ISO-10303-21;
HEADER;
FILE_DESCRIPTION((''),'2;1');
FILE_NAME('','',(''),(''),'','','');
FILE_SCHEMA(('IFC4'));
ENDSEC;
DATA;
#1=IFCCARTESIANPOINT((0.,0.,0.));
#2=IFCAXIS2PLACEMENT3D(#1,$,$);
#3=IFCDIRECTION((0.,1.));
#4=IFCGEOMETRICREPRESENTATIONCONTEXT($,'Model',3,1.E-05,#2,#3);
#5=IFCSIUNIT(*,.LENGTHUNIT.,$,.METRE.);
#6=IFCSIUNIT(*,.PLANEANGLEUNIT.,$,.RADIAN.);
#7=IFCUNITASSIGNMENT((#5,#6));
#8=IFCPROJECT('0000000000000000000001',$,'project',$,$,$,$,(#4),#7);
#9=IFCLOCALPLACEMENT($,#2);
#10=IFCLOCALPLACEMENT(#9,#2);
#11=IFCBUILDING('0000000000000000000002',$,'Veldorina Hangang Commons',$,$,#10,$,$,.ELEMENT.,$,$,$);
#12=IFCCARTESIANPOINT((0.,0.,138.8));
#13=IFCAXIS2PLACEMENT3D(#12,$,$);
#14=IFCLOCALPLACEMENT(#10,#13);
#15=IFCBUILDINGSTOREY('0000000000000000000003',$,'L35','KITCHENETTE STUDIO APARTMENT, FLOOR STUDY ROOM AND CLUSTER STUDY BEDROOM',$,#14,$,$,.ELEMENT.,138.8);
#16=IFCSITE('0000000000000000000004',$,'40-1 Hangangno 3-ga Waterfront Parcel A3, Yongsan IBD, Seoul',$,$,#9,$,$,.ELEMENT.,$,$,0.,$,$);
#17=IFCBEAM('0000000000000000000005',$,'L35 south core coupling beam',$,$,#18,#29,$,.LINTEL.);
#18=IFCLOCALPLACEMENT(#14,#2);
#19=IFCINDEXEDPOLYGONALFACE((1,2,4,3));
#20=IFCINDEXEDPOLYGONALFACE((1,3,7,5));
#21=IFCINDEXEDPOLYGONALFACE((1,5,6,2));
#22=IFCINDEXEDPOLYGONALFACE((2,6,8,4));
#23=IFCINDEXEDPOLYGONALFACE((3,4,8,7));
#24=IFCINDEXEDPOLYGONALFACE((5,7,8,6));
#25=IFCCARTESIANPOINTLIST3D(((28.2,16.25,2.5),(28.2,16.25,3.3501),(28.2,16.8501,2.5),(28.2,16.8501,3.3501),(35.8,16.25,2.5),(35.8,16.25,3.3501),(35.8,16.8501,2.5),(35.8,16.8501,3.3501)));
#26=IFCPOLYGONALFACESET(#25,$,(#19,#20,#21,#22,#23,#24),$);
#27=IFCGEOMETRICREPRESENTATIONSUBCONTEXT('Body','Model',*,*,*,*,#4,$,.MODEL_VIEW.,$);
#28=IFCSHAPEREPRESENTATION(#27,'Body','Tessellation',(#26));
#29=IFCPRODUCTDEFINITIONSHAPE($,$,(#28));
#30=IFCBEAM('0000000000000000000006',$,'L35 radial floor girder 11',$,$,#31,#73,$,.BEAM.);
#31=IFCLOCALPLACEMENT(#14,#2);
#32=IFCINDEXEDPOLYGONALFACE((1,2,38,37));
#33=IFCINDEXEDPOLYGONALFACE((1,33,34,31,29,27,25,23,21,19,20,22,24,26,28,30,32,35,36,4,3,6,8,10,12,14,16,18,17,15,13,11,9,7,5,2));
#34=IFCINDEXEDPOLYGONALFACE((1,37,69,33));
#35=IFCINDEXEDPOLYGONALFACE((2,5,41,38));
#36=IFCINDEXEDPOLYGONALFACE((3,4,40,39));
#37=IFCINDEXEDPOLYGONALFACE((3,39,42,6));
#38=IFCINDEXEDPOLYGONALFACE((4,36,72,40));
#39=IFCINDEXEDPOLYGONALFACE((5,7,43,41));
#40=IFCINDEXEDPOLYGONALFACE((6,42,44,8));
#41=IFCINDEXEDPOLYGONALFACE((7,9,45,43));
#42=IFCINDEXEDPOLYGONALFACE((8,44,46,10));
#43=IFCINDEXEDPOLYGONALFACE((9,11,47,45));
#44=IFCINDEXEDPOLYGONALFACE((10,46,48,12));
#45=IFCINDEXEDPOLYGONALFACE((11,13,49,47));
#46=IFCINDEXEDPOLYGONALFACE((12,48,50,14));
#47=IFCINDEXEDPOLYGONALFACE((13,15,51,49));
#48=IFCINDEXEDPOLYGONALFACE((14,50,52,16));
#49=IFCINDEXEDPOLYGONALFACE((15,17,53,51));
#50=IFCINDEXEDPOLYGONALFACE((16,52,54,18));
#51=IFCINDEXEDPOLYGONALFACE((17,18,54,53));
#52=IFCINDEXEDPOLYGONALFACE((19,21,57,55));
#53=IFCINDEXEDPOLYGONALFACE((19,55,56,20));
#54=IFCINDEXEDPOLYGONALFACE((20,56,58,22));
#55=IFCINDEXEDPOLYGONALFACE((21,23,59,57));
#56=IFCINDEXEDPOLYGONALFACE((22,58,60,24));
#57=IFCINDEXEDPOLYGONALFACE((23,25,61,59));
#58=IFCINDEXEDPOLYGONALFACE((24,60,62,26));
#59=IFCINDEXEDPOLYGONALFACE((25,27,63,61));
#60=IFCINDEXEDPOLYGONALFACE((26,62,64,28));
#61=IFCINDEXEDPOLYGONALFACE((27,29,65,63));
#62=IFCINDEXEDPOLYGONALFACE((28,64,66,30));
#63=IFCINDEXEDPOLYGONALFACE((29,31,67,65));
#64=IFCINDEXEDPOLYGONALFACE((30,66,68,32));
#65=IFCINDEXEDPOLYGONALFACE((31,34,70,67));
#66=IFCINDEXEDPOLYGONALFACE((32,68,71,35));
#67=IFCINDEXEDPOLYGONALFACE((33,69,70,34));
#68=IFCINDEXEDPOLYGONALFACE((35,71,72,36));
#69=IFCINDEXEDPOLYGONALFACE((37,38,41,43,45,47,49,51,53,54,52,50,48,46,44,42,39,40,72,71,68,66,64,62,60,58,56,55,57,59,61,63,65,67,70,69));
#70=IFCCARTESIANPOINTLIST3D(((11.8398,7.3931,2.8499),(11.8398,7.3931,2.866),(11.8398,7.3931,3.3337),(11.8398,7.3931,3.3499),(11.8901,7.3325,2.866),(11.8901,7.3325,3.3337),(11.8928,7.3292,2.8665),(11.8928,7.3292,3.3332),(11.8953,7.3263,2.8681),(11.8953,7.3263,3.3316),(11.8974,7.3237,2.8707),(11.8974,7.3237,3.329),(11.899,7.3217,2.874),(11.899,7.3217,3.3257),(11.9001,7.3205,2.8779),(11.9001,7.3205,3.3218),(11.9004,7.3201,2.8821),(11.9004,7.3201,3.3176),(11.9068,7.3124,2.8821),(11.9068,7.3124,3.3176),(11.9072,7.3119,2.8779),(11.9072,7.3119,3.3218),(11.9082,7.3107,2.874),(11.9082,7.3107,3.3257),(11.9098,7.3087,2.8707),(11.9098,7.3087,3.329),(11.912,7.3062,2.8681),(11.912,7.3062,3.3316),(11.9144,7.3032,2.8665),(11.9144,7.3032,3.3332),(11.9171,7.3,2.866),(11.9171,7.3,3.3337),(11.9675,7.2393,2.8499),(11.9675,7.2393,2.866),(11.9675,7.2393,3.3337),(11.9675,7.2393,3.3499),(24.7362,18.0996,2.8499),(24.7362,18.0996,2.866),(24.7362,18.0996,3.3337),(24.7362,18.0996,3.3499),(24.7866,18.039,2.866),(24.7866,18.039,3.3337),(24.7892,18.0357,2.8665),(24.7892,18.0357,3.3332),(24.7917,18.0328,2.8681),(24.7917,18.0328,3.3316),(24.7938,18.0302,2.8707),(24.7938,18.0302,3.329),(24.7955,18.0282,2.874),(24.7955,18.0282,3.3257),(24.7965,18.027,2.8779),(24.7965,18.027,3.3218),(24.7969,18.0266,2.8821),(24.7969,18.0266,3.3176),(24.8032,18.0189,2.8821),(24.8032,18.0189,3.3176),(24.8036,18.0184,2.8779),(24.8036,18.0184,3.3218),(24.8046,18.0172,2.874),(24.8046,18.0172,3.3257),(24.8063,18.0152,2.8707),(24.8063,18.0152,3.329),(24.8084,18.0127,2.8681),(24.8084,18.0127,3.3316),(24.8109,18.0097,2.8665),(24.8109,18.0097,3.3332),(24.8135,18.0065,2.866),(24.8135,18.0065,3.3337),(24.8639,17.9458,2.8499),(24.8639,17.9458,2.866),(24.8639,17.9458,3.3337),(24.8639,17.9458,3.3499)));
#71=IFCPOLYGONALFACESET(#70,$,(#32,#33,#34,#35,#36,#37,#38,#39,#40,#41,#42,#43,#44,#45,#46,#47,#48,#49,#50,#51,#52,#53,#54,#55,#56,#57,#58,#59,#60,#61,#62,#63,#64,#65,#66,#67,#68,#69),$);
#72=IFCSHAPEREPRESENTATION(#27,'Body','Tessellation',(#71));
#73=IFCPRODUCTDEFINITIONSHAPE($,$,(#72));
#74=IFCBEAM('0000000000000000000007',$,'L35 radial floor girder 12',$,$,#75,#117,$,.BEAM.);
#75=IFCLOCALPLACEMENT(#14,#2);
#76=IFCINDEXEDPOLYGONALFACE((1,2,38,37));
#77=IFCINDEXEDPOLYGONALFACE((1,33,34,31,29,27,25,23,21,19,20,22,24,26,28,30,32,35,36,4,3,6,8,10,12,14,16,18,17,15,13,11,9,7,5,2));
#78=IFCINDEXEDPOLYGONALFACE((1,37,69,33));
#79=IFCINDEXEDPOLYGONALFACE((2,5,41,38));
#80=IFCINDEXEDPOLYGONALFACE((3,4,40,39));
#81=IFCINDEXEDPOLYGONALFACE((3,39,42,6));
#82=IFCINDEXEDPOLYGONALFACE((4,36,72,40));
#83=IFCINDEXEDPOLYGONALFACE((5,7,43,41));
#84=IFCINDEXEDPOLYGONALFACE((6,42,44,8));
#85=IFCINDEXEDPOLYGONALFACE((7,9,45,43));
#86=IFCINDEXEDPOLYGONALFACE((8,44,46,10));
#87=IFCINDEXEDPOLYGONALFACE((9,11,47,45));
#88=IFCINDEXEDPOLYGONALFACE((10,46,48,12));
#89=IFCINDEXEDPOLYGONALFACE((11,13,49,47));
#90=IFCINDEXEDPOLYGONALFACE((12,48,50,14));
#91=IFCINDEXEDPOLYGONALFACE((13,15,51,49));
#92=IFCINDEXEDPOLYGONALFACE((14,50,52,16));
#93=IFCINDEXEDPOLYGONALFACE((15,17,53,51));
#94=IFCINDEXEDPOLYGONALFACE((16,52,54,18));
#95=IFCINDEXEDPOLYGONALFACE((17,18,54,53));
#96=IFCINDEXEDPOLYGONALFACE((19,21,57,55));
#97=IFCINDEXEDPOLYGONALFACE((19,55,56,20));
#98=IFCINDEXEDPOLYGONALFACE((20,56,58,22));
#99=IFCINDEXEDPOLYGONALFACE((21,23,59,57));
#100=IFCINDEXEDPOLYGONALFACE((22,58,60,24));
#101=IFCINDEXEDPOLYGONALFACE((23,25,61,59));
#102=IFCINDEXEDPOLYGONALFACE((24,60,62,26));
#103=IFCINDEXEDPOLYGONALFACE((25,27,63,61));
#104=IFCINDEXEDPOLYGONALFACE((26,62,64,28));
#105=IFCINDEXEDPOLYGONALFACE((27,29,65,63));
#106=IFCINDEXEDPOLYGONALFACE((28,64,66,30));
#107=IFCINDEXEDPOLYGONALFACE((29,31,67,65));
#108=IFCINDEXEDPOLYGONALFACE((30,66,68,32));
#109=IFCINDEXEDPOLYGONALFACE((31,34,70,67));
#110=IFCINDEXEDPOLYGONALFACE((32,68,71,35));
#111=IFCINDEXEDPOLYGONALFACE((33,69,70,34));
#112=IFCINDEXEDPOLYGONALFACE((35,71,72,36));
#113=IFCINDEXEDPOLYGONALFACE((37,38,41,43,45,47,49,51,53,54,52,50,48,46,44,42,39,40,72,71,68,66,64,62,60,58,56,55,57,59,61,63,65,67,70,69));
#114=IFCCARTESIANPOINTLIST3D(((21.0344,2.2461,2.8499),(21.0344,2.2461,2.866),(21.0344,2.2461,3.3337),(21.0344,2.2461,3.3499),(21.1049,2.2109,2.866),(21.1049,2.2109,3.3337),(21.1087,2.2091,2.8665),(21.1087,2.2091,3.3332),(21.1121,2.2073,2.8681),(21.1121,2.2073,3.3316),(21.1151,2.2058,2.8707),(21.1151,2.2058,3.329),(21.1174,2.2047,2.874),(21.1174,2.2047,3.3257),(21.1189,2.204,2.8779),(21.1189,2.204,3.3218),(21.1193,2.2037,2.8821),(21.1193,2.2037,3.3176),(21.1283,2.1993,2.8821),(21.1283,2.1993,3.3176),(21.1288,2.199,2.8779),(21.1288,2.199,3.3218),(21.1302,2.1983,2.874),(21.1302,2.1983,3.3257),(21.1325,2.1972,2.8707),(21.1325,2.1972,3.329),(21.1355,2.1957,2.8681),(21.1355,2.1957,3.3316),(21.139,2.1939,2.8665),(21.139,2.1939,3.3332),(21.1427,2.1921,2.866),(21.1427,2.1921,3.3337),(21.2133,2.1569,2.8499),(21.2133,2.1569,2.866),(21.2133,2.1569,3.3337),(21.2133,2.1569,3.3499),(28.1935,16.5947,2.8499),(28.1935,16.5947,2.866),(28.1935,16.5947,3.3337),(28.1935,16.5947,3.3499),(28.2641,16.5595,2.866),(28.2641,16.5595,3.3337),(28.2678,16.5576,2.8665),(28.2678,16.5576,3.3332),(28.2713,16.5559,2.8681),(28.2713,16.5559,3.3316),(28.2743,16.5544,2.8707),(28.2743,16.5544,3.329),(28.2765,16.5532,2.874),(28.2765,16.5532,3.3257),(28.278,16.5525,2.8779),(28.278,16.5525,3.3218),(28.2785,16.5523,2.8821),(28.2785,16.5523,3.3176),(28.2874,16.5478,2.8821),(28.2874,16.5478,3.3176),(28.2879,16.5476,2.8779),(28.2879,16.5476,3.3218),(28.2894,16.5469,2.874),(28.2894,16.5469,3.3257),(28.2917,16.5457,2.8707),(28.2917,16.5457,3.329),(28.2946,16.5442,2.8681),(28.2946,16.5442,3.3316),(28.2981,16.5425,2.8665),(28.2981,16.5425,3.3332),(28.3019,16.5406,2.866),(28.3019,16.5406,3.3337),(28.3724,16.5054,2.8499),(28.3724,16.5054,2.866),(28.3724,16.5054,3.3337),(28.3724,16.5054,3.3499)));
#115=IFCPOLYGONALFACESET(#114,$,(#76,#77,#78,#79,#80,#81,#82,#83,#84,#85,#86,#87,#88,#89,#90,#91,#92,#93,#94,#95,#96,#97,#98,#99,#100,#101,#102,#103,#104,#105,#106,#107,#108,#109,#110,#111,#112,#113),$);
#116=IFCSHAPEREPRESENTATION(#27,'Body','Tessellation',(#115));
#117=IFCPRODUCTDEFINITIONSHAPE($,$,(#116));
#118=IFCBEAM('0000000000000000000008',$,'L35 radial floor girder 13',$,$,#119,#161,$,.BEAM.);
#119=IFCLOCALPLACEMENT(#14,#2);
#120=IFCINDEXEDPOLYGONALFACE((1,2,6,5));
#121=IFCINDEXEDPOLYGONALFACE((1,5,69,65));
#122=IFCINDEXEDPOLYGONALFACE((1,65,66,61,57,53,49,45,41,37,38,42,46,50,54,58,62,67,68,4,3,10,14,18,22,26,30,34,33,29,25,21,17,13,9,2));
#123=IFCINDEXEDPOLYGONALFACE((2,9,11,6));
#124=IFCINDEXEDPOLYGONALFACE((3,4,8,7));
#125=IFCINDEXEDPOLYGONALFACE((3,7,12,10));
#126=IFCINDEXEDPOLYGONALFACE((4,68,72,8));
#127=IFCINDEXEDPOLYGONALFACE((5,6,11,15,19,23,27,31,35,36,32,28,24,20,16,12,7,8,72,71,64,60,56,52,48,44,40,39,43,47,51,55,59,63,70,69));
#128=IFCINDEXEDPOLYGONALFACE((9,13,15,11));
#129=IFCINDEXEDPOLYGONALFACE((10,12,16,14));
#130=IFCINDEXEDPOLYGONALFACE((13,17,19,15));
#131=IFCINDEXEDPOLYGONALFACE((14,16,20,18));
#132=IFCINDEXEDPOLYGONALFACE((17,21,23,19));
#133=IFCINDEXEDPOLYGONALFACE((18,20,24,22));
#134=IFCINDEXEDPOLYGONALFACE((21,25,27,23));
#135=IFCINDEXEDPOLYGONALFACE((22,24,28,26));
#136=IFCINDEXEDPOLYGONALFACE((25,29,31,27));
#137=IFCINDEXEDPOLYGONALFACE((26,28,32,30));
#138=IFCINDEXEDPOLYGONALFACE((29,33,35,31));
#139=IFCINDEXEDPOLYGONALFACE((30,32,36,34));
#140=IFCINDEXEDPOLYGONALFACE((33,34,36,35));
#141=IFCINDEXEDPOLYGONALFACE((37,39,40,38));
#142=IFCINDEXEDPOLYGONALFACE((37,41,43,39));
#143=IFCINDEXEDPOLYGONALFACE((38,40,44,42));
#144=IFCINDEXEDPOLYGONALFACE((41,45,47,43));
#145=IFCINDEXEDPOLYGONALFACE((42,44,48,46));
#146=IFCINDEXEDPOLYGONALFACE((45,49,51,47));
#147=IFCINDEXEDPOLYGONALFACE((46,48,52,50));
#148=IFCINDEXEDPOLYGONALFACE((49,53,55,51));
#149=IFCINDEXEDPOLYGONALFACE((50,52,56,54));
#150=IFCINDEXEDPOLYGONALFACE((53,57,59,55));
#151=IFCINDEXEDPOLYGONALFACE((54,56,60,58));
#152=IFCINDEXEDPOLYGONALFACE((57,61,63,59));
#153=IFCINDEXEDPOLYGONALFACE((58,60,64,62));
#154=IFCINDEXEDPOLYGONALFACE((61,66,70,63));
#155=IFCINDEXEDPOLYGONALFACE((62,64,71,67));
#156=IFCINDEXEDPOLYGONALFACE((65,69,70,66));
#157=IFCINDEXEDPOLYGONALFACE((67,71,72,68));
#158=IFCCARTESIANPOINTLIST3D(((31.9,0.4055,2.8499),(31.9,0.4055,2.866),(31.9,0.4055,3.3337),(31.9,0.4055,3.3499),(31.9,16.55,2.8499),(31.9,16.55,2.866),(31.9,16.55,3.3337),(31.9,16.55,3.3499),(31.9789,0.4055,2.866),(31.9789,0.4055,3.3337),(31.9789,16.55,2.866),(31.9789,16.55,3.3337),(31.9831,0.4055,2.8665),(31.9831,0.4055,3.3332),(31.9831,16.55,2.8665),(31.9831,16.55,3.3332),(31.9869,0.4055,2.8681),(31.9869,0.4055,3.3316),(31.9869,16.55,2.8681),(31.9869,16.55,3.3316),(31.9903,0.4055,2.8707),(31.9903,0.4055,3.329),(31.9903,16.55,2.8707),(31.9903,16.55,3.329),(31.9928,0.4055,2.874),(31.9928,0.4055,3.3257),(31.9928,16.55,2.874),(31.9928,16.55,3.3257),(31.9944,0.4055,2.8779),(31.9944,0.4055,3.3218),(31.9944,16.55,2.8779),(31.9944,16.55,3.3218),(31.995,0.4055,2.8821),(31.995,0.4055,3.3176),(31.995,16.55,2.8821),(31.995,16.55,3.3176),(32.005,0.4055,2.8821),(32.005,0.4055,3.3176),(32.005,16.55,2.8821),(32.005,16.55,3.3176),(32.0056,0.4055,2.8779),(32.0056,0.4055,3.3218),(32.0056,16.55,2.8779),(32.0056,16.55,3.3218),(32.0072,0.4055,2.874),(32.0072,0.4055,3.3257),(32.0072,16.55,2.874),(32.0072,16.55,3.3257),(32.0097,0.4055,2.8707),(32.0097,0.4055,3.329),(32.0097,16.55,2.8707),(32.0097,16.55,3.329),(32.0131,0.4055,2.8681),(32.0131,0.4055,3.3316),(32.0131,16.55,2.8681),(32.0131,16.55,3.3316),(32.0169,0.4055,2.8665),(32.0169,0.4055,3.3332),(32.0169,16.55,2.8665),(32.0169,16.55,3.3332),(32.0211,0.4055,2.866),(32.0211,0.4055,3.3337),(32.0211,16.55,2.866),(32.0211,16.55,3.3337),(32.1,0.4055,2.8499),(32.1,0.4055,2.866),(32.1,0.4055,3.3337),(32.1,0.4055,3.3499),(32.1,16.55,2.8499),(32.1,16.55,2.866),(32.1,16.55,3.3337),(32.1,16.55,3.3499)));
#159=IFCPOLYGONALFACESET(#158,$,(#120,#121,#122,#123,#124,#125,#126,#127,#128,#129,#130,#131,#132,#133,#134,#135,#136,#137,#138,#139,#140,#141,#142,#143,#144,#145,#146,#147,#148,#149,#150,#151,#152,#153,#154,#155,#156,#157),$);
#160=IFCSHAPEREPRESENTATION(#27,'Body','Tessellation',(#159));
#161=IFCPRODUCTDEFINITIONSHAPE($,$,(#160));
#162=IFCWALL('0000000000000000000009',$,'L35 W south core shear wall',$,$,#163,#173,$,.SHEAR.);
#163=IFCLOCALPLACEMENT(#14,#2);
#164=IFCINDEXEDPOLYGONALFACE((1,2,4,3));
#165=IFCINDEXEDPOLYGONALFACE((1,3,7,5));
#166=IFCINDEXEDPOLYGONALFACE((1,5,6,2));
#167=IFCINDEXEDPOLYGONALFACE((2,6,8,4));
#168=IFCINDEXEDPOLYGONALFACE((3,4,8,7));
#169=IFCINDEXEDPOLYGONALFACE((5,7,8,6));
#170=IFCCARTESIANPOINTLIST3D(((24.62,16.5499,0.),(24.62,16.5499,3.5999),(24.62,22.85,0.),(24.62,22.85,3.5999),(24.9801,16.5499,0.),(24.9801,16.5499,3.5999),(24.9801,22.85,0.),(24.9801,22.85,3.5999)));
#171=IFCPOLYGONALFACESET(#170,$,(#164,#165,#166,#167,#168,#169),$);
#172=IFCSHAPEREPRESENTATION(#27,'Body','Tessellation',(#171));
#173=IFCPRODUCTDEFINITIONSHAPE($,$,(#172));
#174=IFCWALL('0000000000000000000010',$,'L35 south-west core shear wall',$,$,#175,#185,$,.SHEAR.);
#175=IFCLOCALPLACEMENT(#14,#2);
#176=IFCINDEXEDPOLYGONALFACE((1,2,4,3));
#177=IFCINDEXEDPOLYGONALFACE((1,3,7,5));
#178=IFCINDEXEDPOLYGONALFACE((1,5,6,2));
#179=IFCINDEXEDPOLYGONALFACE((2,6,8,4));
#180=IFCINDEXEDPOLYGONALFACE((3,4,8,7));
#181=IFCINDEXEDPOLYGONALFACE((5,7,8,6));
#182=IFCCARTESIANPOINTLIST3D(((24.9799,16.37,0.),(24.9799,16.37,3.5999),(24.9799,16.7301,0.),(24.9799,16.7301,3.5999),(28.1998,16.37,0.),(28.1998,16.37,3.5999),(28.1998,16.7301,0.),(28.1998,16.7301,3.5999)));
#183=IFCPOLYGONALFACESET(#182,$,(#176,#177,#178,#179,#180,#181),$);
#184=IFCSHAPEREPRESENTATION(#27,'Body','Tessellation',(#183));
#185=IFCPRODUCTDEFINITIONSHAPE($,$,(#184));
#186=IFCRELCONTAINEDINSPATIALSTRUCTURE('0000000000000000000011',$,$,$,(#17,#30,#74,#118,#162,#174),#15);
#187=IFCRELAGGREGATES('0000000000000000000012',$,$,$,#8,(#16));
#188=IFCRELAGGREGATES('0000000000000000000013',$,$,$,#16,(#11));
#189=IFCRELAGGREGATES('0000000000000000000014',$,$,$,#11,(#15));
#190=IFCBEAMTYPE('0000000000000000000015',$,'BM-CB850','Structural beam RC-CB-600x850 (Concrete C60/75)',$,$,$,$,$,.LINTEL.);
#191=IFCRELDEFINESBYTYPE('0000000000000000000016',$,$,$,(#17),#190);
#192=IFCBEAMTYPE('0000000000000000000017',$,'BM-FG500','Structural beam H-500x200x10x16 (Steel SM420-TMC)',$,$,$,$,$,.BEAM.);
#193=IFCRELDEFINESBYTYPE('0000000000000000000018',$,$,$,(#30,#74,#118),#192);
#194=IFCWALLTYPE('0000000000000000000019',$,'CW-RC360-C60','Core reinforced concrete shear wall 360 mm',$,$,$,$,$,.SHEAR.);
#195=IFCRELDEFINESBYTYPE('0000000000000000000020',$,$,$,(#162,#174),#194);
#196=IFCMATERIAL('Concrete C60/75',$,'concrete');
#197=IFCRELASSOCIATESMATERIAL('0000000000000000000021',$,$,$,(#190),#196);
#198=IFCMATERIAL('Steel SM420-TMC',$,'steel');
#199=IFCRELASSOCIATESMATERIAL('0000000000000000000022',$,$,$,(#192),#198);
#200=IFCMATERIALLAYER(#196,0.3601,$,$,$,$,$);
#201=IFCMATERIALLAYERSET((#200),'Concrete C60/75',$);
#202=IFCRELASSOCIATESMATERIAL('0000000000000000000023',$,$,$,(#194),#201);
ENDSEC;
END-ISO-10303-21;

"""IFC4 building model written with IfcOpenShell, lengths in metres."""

from ifc_helpers import new_model, si_unit, direction, frame, frame_2d, origin, origin_2d, place, context, subcontext, project, spatial, rectangle, i_section, extrude, material, layer, layer_set, material_profile, profile_set, type_object, element, save


model = new_model("IFC4")

# Units and contexts
model_context = context("Model", 3, precision=1e-05, world=origin(), true_north=direction((0.0, 1.0)))
body_context = subcontext(model_context, "Body", "Model", "MODEL_VIEW")
ifc_project = project(units=[si_unit("LENGTHUNIT", "METRE"), si_unit("PLANEANGLEUNIT", "RADIAN")], contexts=[model_context])

# Site, building, storey
site_placement = place(None, origin())
site = spatial("IfcSite", under=ifc_project, at=site_placement, Name="40-1 Hangangno 3-ga Waterfront Parcel A3, Yongsan IBD, Seoul", CompositionType="ELEMENT", RefElevation=0.0)
building_placement = place(site_placement, origin())
building = spatial("IfcBuilding", under=site, at=building_placement, Name="Veldorina Hangang Commons", CompositionType="ELEMENT")
storey_placement = place(building_placement, frame((0.0, 0.0, 138.8)))
storey = spatial("IfcBuildingStorey", under=building, at=storey_placement, Name="L35", Description="KITCHENETTE STUDIO APARTMENT, FLOOR STUDY ROOM AND CLUSTER STUDY BEDROOM", CompositionType="ELEMENT", Elevation=138.8)

# Beams
ifc_material_1 = material(Name="Concrete C60/75", Category="concrete")
ifc_material_profile_1 = material_profile(ifc_material_1, rectangle(XDim=0.6001, YDim=0.8501, at=origin_2d()), Name="RC-CB-600x850")
ifc_profile_set_1 = profile_set([ifc_material_profile_1], Name="Concrete C60/75")
beam_type_1 = type_object("IfcBeamType", Name="BM-CB850", Description="Structural beam RC-CB-600x850 (Concrete C60/75)", PredefinedType="LINTEL", material=ifc_profile_set_1)
beam_1_placement = place(storey_placement, frame((28.2, 16.55, 2.925), z_axis=(1.0, 0.0, 0.0), x_axis=(0.0, 1.0, 0.0)))
element("IfcBeam", 1, at=beam_1_placement, inside=storey, type_object=beam_type_1, Name="L35 south core coupling beam", PredefinedType="LINTEL", context=body_context, shape_type="SweptSolid", body=[
    extrude(rectangle(XDim=0.6001, YDim=0.8501, at=origin_2d()), origin(), (0.0, 0.0, 1.0), 7.6001),
])
ifc_material_2 = material(Name="Steel SM420-TMC", Category="steel")
ifc_material_profile_2 = material_profile(ifc_material_2, i_section(OverallWidth=0.2, OverallDepth=0.5, WebThickness=0.01, FlangeThickness=0.0161, FilletRadius=0.0161, at=origin_2d()), Name="H-500x200x10x16")
ifc_profile_set_2 = profile_set([ifc_material_profile_2], Name="Steel SM420-TMC")
beam_type_2 = type_object("IfcBeamType", Name="BM-FG500", Description="Structural beam H-500x200x10x16 (Steel SM420-TMC)", PredefinedType="BEAM", material=ifc_profile_set_2)
beam_2_placement = place(storey_placement, frame((24.8, 18.0227, 3.0999), z_axis=(-0.769409, -0.638756, 0.0), x_axis=(0.638756, -0.769409, 0.0)))
element("IfcBeam", 2, at=beam_2_placement, inside=storey, type_object=beam_type_2, Name="L35 radial floor girder 11", PredefinedType="BEAM", context=body_context, shape_type="SweptSolid", body=[
    extrude(i_section(OverallWidth=0.2, OverallDepth=0.5, WebThickness=0.01, FlangeThickness=0.0161, FilletRadius=0.0161, at=origin_2d()), origin(), (0.0, 0.0, 1.0), 16.7615),
])
beam_3_placement = place(storey_placement, frame((28.283, 16.55, 3.0999), z_axis=(-0.446458, -0.894804, 0.0), x_axis=(0.894804, -0.446458, 0.0)))
element("IfcBeam", 3, at=beam_3_placement, inside=storey, type_object=beam_type_2, Name="L35 radial floor girder 12", PredefinedType="BEAM", context=body_context, shape_type="SweptSolid", body=[
    extrude(i_section(OverallWidth=0.2, OverallDepth=0.5, WebThickness=0.01, FlangeThickness=0.0161, FilletRadius=0.0161, at=origin_2d()), origin(), (0.0, 0.0, 1.0), 16.0354),
])
beam_4_placement = place(storey_placement, frame((32.0, 16.55, 3.0999), z_axis=(0.0, -1.0, 0.0), x_axis=(1.0, 0.0, 0.0)))
element("IfcBeam", 4, at=beam_4_placement, inside=storey, type_object=beam_type_2, Name="L35 radial floor girder 13", PredefinedType="BEAM", context=body_context, shape_type="SweptSolid", body=[
    extrude(i_section(OverallWidth=0.2, OverallDepth=0.5, WebThickness=0.01, FlangeThickness=0.0161, FilletRadius=0.0161, at=origin_2d()), origin(), (0.0, 0.0, 1.0), 16.1445),
])

# Walls
ifc_layer_1 = layer(ifc_material_1, 0.3601)
ifc_layer_set_1 = layer_set([ifc_layer_1], Name="Concrete C60/75")
wall_type_1 = type_object("IfcWallType", Name="CW-RC360-C60", Description="Core reinforced concrete shear wall 360 mm", PredefinedType="SHEAR", material=ifc_layer_set_1)
wall_1_placement = place(storey_placement, frame((24.8, 16.55, 0.0), z_axis=(0.0, 0.0, 1.0), x_axis=(0.0, 1.0, 0.0)))
element("IfcWall", 5, at=wall_1_placement, inside=storey, type_object=wall_type_1, Name="L35 W south core shear wall", PredefinedType="SHEAR", context=body_context, shape_type="SweptSolid", body=[
    extrude(rectangle(XDim=6.3, YDim=0.3601, at=frame_2d((3.1499, 0.0))), origin(), (0.0, 0.0, 1.0), 3.5999),
])
wall_2_placement = place(storey_placement, frame((24.98, 16.55, 0.0), z_axis=(0.0, 0.0, 1.0), x_axis=(1.0, 0.0, 0.0)))
element("IfcWall", 6, at=wall_2_placement, inside=storey, type_object=wall_type_1, Name="L35 south-west core shear wall", PredefinedType="SHEAR", context=body_context, shape_type="SweptSolid", body=[
    extrude(rectangle(XDim=3.22, YDim=0.3601, at=frame_2d((1.6099, 0.0))), origin(), (0.0, 0.0, 1.0), 3.5999),
])

save(model, "model.ifc")
